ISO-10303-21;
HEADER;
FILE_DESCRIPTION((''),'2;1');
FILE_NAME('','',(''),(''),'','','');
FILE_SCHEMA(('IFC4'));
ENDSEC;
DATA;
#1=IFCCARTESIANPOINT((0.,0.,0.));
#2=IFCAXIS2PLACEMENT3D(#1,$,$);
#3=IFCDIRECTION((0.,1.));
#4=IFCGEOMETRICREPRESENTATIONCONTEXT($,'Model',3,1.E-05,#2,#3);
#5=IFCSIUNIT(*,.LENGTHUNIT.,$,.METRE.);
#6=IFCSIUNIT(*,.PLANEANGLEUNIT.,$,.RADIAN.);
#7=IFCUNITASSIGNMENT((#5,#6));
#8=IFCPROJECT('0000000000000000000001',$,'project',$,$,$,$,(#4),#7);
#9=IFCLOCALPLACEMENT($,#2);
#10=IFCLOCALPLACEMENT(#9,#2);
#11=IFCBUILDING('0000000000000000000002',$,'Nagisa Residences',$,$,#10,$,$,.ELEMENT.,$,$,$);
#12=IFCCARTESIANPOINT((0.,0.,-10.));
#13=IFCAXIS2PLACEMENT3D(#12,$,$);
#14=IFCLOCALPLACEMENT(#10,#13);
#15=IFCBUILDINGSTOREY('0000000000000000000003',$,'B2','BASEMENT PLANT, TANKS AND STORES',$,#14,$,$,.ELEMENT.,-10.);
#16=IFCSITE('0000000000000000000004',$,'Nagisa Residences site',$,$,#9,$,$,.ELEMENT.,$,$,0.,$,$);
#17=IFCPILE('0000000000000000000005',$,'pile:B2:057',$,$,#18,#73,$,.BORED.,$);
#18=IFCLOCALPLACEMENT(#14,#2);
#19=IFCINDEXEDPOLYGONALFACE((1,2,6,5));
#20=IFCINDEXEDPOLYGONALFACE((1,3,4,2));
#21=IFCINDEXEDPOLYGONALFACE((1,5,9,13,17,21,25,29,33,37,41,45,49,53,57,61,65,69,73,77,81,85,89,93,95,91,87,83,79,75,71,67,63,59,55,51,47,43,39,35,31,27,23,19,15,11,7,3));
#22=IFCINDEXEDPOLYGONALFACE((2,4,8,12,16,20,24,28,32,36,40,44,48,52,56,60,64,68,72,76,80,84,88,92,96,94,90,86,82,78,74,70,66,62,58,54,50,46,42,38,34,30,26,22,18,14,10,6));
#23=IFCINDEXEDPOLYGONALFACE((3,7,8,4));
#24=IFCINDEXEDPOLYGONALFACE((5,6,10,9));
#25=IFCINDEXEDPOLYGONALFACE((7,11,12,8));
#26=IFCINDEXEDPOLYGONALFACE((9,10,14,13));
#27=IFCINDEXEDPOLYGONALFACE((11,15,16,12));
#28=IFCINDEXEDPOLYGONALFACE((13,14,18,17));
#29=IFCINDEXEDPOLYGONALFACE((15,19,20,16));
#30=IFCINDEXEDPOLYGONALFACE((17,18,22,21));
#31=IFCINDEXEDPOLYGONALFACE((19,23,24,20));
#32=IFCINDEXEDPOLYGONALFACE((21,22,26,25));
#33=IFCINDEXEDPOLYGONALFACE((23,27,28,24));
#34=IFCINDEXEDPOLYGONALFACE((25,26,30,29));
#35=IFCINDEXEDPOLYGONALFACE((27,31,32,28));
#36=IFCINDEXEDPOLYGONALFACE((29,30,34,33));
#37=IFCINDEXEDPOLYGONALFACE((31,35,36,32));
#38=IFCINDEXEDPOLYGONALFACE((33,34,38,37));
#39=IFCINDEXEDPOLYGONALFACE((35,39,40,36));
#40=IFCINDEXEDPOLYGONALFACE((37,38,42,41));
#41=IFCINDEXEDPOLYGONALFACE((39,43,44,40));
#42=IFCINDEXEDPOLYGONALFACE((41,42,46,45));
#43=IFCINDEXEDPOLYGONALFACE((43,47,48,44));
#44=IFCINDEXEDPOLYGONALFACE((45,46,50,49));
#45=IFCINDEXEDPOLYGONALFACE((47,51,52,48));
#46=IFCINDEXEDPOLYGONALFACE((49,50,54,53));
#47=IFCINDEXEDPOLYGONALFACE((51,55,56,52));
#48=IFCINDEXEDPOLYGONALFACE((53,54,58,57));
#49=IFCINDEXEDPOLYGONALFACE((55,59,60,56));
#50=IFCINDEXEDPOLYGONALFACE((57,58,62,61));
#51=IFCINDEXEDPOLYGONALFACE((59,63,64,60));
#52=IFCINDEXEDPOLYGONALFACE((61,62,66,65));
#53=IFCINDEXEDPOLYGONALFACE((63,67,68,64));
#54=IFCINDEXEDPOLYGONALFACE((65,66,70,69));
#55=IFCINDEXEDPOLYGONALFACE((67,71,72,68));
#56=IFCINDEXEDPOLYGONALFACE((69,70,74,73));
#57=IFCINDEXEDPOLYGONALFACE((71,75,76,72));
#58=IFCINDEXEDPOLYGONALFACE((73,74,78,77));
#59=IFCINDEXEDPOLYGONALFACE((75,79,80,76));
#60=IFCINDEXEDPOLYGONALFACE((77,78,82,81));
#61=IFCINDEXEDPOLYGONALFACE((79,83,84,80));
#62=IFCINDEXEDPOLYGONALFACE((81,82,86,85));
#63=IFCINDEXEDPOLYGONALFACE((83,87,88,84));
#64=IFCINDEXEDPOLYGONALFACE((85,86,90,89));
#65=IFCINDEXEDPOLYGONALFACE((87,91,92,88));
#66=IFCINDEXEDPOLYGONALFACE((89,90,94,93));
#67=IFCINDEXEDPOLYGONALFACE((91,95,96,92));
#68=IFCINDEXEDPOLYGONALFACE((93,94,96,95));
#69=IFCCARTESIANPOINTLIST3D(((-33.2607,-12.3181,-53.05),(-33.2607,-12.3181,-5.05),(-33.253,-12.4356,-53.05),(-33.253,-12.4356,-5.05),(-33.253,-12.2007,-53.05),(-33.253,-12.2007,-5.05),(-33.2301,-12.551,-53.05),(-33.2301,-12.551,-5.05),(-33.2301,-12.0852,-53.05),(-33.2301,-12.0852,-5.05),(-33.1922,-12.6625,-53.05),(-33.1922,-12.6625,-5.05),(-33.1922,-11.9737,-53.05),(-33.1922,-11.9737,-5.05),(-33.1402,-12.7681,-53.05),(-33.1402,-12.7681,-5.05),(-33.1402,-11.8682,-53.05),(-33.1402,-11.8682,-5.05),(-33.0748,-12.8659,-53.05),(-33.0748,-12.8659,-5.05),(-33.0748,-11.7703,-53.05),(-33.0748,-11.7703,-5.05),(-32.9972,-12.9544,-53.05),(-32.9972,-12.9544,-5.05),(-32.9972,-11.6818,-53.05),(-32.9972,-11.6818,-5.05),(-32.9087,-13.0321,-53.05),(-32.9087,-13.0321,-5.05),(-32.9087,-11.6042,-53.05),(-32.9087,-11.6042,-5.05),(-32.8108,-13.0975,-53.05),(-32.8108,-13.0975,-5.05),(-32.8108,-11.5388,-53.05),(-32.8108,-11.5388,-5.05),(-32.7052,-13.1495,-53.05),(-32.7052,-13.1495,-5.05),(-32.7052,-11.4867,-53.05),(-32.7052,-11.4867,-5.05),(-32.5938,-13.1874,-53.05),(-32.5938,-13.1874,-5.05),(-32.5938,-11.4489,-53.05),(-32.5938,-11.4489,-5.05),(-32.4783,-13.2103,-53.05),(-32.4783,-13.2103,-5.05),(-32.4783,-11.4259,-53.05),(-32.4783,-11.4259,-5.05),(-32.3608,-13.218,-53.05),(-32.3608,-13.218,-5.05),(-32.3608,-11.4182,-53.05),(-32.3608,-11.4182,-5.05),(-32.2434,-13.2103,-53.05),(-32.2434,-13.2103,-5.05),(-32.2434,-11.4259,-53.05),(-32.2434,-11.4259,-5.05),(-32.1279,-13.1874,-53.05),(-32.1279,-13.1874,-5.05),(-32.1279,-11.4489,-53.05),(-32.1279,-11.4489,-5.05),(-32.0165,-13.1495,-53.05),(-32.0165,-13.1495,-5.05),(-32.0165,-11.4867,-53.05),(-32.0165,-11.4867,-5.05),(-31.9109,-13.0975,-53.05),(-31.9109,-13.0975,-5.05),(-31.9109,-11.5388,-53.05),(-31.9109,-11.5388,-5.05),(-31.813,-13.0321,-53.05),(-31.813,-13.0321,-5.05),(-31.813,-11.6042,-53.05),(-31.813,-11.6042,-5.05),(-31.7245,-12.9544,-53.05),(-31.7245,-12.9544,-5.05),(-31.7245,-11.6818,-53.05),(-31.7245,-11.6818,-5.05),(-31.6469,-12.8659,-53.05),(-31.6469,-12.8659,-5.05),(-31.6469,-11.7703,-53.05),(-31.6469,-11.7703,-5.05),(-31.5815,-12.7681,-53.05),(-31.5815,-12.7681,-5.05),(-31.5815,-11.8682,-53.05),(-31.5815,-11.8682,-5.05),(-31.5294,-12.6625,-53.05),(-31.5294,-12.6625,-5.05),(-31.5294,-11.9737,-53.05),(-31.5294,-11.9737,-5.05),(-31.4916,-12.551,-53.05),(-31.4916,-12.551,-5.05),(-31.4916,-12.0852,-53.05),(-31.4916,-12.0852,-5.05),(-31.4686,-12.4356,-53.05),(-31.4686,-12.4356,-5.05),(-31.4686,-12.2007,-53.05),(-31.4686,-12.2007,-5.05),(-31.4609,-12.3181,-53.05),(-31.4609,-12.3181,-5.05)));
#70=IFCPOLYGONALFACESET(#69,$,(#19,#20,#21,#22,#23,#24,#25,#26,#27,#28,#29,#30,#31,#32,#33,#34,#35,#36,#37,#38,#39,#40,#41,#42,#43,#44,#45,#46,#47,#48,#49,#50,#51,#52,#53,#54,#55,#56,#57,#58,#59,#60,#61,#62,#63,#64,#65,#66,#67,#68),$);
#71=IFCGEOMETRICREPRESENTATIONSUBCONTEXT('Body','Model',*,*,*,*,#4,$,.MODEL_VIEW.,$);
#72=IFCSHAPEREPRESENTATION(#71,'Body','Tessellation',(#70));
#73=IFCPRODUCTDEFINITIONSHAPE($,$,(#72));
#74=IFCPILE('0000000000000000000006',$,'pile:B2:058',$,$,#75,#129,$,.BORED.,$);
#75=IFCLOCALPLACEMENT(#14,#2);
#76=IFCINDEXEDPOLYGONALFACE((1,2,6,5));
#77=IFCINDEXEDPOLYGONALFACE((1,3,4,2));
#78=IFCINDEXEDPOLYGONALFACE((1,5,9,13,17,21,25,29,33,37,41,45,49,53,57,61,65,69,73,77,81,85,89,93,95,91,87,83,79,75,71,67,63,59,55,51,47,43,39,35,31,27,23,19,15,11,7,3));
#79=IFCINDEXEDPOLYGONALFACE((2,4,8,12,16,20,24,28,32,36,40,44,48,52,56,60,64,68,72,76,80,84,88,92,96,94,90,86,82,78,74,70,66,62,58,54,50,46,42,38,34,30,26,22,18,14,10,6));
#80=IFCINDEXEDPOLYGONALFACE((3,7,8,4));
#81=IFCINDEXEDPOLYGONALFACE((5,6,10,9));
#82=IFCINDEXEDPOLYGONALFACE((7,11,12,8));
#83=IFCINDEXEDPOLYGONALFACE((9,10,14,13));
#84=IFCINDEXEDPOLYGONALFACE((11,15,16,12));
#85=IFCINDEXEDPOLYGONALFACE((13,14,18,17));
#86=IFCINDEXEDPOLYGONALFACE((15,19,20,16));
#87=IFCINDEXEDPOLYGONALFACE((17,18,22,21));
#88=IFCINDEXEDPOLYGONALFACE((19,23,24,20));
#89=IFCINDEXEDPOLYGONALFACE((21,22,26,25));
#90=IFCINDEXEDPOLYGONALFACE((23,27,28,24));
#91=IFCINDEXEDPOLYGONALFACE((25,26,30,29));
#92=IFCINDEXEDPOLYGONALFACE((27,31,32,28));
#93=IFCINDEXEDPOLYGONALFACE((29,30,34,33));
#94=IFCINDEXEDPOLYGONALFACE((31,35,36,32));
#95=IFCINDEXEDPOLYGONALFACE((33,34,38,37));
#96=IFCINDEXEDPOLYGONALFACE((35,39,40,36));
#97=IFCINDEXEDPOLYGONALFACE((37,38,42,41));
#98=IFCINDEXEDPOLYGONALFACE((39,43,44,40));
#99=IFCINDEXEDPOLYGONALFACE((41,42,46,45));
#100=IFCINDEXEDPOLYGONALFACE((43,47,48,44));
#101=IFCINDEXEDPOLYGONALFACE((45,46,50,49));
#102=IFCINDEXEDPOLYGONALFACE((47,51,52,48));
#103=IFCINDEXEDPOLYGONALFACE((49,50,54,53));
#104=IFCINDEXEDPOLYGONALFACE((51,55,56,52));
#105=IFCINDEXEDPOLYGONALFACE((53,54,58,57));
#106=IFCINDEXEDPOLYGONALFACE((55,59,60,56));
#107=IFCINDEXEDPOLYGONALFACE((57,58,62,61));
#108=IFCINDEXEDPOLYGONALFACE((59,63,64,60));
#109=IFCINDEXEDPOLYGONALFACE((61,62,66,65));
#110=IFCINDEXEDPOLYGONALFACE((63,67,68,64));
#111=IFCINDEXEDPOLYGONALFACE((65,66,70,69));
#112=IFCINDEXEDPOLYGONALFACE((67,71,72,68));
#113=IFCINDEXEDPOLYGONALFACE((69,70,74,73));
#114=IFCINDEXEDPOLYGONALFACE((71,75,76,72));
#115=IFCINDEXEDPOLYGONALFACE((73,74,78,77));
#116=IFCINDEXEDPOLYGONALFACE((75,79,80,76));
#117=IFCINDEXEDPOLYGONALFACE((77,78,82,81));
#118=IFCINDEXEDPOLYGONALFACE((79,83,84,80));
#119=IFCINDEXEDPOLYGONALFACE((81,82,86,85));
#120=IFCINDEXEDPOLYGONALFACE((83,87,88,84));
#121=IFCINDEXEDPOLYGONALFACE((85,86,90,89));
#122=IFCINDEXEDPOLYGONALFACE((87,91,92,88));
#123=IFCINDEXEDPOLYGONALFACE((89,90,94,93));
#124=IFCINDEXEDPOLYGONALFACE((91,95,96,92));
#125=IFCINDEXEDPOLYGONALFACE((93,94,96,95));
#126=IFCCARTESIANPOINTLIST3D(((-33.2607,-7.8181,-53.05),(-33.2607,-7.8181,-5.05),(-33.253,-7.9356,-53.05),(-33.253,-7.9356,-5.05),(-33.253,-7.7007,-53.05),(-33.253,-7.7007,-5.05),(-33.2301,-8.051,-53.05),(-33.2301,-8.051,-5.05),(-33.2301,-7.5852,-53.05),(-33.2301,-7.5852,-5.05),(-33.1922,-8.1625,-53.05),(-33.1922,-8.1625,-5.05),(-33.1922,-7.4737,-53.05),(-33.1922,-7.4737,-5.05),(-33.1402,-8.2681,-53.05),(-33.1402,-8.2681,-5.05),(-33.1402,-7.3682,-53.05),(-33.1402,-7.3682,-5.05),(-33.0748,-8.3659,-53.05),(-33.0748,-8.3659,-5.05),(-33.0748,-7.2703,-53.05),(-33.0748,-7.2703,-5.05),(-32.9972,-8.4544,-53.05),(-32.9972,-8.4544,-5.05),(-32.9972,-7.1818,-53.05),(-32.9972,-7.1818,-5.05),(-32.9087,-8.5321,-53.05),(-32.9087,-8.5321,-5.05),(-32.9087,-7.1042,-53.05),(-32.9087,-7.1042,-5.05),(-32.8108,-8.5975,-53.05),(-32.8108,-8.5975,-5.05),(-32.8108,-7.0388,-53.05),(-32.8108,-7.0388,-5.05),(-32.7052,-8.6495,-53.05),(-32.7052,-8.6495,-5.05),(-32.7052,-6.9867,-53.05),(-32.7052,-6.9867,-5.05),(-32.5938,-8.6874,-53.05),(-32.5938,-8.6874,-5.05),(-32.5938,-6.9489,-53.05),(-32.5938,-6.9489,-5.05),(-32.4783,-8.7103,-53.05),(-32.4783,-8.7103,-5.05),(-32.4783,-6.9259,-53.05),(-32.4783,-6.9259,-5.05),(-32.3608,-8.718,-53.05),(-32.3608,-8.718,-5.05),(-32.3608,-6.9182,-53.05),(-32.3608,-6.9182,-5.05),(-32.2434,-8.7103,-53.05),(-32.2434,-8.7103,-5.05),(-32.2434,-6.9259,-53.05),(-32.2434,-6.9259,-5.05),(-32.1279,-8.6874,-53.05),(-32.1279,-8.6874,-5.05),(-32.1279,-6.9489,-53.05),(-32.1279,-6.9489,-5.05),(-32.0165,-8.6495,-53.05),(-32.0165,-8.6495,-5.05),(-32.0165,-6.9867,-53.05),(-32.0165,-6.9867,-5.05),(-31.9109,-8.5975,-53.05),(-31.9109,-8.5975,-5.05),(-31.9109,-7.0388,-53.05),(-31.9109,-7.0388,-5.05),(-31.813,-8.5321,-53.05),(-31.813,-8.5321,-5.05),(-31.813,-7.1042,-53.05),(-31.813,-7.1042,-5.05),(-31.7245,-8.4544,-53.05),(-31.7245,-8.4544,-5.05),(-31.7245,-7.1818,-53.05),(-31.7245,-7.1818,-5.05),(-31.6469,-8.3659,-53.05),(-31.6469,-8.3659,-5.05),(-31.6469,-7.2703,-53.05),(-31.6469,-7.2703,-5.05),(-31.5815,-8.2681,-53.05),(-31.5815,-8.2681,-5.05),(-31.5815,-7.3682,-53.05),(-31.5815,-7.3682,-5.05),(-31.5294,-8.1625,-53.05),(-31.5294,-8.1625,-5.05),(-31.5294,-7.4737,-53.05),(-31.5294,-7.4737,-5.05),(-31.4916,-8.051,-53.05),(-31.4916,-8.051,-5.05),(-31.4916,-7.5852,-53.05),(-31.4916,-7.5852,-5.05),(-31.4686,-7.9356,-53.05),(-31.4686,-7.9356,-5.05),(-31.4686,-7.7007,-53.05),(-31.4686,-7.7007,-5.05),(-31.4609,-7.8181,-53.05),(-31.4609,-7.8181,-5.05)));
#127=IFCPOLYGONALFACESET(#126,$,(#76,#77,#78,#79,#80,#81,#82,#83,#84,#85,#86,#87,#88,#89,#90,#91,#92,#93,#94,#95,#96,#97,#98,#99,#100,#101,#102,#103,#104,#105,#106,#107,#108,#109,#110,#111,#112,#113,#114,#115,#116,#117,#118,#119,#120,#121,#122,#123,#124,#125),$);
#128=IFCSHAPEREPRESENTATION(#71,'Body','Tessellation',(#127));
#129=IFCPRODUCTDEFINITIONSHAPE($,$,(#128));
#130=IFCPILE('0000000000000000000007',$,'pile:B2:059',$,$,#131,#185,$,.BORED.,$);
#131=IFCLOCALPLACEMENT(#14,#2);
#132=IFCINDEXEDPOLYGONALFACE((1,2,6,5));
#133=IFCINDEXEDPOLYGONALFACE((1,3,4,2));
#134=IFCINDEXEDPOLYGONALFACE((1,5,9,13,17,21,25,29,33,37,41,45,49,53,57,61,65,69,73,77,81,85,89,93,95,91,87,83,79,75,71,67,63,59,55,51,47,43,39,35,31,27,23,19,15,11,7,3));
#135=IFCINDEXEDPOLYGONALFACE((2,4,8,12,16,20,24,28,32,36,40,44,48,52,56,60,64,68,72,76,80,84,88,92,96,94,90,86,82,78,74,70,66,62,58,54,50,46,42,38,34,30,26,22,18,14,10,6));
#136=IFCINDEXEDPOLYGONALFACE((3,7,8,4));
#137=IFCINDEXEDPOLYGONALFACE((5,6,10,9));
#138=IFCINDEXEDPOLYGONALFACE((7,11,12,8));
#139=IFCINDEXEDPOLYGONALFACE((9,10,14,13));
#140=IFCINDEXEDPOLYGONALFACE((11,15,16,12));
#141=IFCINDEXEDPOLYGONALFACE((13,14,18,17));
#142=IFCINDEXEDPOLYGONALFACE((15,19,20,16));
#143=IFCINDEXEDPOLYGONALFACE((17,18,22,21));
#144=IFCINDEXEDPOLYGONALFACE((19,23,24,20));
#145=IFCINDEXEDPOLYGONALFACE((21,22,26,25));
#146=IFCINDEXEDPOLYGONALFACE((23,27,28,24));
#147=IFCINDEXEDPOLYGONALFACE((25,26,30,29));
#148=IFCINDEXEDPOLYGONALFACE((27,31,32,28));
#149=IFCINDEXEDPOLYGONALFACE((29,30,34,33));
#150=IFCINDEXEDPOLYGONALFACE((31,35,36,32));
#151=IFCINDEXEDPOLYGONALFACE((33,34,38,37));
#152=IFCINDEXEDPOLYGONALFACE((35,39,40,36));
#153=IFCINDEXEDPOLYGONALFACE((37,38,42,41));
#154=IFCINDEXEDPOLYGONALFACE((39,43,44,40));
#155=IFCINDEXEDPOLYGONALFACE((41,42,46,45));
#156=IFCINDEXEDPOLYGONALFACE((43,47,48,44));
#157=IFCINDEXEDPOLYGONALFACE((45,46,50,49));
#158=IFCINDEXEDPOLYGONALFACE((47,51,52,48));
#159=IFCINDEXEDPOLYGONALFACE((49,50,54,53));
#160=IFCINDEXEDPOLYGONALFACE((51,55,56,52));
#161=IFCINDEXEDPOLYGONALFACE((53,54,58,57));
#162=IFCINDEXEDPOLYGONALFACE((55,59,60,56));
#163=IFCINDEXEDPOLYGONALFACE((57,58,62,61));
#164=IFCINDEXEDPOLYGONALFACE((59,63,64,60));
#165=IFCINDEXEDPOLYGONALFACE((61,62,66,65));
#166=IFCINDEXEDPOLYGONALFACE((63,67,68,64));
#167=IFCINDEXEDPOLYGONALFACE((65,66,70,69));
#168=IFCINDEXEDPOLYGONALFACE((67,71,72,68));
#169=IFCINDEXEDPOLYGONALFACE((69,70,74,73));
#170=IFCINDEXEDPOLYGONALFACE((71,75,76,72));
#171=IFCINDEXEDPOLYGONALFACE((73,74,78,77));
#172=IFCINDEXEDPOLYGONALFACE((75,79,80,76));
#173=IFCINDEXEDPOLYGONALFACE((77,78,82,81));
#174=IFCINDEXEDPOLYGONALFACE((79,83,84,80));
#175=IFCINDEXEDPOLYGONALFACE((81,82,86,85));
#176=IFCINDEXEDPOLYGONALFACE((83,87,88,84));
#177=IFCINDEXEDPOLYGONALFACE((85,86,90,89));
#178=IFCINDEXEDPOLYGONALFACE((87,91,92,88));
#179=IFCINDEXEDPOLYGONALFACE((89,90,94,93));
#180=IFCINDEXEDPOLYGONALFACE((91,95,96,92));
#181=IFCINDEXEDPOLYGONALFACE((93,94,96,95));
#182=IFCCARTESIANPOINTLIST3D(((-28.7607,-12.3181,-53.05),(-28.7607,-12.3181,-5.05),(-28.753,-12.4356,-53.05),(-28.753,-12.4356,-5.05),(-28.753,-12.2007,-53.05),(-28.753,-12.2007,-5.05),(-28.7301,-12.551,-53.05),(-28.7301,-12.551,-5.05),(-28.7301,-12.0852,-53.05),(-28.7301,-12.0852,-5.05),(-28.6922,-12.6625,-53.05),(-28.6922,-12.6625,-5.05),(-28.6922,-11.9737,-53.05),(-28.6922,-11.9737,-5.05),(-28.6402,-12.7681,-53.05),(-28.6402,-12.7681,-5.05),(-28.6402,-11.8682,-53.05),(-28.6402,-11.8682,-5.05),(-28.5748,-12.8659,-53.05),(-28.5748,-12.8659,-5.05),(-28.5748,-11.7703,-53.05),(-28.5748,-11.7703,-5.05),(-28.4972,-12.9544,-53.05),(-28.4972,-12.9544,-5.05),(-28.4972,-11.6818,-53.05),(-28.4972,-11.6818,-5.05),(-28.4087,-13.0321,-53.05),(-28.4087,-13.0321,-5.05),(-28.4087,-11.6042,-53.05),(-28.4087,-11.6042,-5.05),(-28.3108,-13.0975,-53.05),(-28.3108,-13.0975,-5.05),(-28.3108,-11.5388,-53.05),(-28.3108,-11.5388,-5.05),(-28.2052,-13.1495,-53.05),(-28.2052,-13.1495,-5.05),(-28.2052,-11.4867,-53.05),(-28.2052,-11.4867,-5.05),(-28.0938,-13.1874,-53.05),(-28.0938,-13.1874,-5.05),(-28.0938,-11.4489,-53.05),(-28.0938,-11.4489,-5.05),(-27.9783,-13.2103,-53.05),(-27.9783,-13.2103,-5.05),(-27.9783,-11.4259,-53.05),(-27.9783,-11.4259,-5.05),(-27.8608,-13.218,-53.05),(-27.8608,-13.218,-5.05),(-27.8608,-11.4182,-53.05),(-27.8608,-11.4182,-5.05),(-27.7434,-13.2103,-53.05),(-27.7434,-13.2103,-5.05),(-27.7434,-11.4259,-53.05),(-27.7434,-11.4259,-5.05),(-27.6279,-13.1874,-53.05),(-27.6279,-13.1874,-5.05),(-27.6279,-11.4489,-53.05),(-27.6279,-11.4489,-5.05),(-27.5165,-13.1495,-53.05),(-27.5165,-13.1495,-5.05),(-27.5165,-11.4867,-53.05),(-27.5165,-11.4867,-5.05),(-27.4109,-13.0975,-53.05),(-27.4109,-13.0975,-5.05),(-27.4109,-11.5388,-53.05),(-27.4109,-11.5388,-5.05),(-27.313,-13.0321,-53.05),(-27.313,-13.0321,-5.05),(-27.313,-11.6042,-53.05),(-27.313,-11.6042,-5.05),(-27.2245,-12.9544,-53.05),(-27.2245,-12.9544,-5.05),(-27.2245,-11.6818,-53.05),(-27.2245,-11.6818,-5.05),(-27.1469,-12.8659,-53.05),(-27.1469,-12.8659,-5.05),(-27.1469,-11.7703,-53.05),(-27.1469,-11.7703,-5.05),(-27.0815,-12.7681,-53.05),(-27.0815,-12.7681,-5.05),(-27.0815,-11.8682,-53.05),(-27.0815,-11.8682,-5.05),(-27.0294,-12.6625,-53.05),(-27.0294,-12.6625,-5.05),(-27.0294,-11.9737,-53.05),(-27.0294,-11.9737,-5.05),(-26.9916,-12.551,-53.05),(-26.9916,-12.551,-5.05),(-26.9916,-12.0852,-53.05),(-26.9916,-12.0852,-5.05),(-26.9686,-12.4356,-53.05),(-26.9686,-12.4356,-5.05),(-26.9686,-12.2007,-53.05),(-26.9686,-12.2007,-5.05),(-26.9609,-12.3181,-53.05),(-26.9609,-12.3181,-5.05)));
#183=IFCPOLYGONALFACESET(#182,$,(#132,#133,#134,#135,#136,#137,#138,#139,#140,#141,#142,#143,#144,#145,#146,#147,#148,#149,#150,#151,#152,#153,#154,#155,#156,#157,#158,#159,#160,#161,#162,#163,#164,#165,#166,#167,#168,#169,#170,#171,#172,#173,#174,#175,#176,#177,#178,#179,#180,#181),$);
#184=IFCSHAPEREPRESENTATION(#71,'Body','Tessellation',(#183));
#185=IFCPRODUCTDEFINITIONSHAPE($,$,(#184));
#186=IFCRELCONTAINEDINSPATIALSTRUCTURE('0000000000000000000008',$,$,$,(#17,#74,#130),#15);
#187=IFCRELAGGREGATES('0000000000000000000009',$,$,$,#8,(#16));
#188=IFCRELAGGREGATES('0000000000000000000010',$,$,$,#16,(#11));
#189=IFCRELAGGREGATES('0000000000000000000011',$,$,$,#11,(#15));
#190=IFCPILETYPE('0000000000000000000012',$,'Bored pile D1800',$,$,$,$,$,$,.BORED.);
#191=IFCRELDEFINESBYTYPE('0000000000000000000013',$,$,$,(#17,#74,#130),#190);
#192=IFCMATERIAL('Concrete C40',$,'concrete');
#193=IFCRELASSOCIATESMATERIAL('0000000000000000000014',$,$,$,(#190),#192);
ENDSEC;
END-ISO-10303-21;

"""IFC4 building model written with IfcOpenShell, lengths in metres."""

from ifc_helpers import new_model, si_unit, direction, frame, origin, origin_2d, place, context, subcontext, project, spatial, circle, extrude, material, material_profile, profile_set, type_object, element, save


model = new_model("IFC4")

# Units and contexts
model_context = context("Model", 3, precision=1e-05, world=origin(), true_north=direction((0.0, 1.0)))
body_context = subcontext(model_context, "Body", "Model", "MODEL_VIEW")
ifc_project = project(units=[si_unit("LENGTHUNIT", "METRE"), si_unit("PLANEANGLEUNIT", "RADIAN")], contexts=[model_context])

# Site, building, storey
site_placement = place(None, origin())
site = spatial("IfcSite", under=ifc_project, at=site_placement, Name="Nagisa Residences site", CompositionType="ELEMENT", RefElevation=0.0)
building_placement = place(site_placement, origin())
building = spatial("IfcBuilding", under=site, at=building_placement, Name="Nagisa Residences", CompositionType="ELEMENT")
storey_placement = place(building_placement, frame((0.0, 0.0, -10.0)))
storey = spatial("IfcBuildingStorey", under=building, at=storey_placement, Name="B2", Description="BASEMENT PLANT, TANKS AND STORES", CompositionType="ELEMENT", Elevation=-10.0)

# Piles
ifc_material_1 = material(Name="Concrete C40", Category="concrete")
ifc_material_profile_1 = material_profile(ifc_material_1, circle(Radius=0.8999, at=origin_2d()), Name="Bored pile D1800")
ifc_profile_set_1 = profile_set([ifc_material_profile_1], Name="Concrete C40")
pile_type = type_object("IfcPileType", Name="Bored pile D1800", PredefinedType="BORED", material=ifc_profile_set_1)
for number, where, z_axis, x_axis, name in (
    (1, (-32.3608, -12.3181, -5.05), (0.0, 0.0, -1.0), (1.0, 0.0, 0.0), "pile:B2:057"),
    (2, (-32.3608, -7.8181, -5.05), (0.0, 0.0, -1.0), (1.0, 0.0, 0.0), "pile:B2:058"),
    (3, (-27.8608, -12.3181, -5.05), (0.0, 0.0, -1.0), (1.0, 0.0, 0.0), "pile:B2:059"),
):
    element("IfcPile", number, at=place(storey_placement, frame(where, z_axis=z_axis, x_axis=x_axis)), inside=storey, type_object=pile_type, Name=name, PredefinedType="BORED", context=body_context, shape_type="SweptSolid", body=[
        extrude(circle(Radius=0.8999, at=origin_2d()), origin(), (0.0, 0.0, 1.0), 48.0),
    ])

save(model, "model.ifc")
